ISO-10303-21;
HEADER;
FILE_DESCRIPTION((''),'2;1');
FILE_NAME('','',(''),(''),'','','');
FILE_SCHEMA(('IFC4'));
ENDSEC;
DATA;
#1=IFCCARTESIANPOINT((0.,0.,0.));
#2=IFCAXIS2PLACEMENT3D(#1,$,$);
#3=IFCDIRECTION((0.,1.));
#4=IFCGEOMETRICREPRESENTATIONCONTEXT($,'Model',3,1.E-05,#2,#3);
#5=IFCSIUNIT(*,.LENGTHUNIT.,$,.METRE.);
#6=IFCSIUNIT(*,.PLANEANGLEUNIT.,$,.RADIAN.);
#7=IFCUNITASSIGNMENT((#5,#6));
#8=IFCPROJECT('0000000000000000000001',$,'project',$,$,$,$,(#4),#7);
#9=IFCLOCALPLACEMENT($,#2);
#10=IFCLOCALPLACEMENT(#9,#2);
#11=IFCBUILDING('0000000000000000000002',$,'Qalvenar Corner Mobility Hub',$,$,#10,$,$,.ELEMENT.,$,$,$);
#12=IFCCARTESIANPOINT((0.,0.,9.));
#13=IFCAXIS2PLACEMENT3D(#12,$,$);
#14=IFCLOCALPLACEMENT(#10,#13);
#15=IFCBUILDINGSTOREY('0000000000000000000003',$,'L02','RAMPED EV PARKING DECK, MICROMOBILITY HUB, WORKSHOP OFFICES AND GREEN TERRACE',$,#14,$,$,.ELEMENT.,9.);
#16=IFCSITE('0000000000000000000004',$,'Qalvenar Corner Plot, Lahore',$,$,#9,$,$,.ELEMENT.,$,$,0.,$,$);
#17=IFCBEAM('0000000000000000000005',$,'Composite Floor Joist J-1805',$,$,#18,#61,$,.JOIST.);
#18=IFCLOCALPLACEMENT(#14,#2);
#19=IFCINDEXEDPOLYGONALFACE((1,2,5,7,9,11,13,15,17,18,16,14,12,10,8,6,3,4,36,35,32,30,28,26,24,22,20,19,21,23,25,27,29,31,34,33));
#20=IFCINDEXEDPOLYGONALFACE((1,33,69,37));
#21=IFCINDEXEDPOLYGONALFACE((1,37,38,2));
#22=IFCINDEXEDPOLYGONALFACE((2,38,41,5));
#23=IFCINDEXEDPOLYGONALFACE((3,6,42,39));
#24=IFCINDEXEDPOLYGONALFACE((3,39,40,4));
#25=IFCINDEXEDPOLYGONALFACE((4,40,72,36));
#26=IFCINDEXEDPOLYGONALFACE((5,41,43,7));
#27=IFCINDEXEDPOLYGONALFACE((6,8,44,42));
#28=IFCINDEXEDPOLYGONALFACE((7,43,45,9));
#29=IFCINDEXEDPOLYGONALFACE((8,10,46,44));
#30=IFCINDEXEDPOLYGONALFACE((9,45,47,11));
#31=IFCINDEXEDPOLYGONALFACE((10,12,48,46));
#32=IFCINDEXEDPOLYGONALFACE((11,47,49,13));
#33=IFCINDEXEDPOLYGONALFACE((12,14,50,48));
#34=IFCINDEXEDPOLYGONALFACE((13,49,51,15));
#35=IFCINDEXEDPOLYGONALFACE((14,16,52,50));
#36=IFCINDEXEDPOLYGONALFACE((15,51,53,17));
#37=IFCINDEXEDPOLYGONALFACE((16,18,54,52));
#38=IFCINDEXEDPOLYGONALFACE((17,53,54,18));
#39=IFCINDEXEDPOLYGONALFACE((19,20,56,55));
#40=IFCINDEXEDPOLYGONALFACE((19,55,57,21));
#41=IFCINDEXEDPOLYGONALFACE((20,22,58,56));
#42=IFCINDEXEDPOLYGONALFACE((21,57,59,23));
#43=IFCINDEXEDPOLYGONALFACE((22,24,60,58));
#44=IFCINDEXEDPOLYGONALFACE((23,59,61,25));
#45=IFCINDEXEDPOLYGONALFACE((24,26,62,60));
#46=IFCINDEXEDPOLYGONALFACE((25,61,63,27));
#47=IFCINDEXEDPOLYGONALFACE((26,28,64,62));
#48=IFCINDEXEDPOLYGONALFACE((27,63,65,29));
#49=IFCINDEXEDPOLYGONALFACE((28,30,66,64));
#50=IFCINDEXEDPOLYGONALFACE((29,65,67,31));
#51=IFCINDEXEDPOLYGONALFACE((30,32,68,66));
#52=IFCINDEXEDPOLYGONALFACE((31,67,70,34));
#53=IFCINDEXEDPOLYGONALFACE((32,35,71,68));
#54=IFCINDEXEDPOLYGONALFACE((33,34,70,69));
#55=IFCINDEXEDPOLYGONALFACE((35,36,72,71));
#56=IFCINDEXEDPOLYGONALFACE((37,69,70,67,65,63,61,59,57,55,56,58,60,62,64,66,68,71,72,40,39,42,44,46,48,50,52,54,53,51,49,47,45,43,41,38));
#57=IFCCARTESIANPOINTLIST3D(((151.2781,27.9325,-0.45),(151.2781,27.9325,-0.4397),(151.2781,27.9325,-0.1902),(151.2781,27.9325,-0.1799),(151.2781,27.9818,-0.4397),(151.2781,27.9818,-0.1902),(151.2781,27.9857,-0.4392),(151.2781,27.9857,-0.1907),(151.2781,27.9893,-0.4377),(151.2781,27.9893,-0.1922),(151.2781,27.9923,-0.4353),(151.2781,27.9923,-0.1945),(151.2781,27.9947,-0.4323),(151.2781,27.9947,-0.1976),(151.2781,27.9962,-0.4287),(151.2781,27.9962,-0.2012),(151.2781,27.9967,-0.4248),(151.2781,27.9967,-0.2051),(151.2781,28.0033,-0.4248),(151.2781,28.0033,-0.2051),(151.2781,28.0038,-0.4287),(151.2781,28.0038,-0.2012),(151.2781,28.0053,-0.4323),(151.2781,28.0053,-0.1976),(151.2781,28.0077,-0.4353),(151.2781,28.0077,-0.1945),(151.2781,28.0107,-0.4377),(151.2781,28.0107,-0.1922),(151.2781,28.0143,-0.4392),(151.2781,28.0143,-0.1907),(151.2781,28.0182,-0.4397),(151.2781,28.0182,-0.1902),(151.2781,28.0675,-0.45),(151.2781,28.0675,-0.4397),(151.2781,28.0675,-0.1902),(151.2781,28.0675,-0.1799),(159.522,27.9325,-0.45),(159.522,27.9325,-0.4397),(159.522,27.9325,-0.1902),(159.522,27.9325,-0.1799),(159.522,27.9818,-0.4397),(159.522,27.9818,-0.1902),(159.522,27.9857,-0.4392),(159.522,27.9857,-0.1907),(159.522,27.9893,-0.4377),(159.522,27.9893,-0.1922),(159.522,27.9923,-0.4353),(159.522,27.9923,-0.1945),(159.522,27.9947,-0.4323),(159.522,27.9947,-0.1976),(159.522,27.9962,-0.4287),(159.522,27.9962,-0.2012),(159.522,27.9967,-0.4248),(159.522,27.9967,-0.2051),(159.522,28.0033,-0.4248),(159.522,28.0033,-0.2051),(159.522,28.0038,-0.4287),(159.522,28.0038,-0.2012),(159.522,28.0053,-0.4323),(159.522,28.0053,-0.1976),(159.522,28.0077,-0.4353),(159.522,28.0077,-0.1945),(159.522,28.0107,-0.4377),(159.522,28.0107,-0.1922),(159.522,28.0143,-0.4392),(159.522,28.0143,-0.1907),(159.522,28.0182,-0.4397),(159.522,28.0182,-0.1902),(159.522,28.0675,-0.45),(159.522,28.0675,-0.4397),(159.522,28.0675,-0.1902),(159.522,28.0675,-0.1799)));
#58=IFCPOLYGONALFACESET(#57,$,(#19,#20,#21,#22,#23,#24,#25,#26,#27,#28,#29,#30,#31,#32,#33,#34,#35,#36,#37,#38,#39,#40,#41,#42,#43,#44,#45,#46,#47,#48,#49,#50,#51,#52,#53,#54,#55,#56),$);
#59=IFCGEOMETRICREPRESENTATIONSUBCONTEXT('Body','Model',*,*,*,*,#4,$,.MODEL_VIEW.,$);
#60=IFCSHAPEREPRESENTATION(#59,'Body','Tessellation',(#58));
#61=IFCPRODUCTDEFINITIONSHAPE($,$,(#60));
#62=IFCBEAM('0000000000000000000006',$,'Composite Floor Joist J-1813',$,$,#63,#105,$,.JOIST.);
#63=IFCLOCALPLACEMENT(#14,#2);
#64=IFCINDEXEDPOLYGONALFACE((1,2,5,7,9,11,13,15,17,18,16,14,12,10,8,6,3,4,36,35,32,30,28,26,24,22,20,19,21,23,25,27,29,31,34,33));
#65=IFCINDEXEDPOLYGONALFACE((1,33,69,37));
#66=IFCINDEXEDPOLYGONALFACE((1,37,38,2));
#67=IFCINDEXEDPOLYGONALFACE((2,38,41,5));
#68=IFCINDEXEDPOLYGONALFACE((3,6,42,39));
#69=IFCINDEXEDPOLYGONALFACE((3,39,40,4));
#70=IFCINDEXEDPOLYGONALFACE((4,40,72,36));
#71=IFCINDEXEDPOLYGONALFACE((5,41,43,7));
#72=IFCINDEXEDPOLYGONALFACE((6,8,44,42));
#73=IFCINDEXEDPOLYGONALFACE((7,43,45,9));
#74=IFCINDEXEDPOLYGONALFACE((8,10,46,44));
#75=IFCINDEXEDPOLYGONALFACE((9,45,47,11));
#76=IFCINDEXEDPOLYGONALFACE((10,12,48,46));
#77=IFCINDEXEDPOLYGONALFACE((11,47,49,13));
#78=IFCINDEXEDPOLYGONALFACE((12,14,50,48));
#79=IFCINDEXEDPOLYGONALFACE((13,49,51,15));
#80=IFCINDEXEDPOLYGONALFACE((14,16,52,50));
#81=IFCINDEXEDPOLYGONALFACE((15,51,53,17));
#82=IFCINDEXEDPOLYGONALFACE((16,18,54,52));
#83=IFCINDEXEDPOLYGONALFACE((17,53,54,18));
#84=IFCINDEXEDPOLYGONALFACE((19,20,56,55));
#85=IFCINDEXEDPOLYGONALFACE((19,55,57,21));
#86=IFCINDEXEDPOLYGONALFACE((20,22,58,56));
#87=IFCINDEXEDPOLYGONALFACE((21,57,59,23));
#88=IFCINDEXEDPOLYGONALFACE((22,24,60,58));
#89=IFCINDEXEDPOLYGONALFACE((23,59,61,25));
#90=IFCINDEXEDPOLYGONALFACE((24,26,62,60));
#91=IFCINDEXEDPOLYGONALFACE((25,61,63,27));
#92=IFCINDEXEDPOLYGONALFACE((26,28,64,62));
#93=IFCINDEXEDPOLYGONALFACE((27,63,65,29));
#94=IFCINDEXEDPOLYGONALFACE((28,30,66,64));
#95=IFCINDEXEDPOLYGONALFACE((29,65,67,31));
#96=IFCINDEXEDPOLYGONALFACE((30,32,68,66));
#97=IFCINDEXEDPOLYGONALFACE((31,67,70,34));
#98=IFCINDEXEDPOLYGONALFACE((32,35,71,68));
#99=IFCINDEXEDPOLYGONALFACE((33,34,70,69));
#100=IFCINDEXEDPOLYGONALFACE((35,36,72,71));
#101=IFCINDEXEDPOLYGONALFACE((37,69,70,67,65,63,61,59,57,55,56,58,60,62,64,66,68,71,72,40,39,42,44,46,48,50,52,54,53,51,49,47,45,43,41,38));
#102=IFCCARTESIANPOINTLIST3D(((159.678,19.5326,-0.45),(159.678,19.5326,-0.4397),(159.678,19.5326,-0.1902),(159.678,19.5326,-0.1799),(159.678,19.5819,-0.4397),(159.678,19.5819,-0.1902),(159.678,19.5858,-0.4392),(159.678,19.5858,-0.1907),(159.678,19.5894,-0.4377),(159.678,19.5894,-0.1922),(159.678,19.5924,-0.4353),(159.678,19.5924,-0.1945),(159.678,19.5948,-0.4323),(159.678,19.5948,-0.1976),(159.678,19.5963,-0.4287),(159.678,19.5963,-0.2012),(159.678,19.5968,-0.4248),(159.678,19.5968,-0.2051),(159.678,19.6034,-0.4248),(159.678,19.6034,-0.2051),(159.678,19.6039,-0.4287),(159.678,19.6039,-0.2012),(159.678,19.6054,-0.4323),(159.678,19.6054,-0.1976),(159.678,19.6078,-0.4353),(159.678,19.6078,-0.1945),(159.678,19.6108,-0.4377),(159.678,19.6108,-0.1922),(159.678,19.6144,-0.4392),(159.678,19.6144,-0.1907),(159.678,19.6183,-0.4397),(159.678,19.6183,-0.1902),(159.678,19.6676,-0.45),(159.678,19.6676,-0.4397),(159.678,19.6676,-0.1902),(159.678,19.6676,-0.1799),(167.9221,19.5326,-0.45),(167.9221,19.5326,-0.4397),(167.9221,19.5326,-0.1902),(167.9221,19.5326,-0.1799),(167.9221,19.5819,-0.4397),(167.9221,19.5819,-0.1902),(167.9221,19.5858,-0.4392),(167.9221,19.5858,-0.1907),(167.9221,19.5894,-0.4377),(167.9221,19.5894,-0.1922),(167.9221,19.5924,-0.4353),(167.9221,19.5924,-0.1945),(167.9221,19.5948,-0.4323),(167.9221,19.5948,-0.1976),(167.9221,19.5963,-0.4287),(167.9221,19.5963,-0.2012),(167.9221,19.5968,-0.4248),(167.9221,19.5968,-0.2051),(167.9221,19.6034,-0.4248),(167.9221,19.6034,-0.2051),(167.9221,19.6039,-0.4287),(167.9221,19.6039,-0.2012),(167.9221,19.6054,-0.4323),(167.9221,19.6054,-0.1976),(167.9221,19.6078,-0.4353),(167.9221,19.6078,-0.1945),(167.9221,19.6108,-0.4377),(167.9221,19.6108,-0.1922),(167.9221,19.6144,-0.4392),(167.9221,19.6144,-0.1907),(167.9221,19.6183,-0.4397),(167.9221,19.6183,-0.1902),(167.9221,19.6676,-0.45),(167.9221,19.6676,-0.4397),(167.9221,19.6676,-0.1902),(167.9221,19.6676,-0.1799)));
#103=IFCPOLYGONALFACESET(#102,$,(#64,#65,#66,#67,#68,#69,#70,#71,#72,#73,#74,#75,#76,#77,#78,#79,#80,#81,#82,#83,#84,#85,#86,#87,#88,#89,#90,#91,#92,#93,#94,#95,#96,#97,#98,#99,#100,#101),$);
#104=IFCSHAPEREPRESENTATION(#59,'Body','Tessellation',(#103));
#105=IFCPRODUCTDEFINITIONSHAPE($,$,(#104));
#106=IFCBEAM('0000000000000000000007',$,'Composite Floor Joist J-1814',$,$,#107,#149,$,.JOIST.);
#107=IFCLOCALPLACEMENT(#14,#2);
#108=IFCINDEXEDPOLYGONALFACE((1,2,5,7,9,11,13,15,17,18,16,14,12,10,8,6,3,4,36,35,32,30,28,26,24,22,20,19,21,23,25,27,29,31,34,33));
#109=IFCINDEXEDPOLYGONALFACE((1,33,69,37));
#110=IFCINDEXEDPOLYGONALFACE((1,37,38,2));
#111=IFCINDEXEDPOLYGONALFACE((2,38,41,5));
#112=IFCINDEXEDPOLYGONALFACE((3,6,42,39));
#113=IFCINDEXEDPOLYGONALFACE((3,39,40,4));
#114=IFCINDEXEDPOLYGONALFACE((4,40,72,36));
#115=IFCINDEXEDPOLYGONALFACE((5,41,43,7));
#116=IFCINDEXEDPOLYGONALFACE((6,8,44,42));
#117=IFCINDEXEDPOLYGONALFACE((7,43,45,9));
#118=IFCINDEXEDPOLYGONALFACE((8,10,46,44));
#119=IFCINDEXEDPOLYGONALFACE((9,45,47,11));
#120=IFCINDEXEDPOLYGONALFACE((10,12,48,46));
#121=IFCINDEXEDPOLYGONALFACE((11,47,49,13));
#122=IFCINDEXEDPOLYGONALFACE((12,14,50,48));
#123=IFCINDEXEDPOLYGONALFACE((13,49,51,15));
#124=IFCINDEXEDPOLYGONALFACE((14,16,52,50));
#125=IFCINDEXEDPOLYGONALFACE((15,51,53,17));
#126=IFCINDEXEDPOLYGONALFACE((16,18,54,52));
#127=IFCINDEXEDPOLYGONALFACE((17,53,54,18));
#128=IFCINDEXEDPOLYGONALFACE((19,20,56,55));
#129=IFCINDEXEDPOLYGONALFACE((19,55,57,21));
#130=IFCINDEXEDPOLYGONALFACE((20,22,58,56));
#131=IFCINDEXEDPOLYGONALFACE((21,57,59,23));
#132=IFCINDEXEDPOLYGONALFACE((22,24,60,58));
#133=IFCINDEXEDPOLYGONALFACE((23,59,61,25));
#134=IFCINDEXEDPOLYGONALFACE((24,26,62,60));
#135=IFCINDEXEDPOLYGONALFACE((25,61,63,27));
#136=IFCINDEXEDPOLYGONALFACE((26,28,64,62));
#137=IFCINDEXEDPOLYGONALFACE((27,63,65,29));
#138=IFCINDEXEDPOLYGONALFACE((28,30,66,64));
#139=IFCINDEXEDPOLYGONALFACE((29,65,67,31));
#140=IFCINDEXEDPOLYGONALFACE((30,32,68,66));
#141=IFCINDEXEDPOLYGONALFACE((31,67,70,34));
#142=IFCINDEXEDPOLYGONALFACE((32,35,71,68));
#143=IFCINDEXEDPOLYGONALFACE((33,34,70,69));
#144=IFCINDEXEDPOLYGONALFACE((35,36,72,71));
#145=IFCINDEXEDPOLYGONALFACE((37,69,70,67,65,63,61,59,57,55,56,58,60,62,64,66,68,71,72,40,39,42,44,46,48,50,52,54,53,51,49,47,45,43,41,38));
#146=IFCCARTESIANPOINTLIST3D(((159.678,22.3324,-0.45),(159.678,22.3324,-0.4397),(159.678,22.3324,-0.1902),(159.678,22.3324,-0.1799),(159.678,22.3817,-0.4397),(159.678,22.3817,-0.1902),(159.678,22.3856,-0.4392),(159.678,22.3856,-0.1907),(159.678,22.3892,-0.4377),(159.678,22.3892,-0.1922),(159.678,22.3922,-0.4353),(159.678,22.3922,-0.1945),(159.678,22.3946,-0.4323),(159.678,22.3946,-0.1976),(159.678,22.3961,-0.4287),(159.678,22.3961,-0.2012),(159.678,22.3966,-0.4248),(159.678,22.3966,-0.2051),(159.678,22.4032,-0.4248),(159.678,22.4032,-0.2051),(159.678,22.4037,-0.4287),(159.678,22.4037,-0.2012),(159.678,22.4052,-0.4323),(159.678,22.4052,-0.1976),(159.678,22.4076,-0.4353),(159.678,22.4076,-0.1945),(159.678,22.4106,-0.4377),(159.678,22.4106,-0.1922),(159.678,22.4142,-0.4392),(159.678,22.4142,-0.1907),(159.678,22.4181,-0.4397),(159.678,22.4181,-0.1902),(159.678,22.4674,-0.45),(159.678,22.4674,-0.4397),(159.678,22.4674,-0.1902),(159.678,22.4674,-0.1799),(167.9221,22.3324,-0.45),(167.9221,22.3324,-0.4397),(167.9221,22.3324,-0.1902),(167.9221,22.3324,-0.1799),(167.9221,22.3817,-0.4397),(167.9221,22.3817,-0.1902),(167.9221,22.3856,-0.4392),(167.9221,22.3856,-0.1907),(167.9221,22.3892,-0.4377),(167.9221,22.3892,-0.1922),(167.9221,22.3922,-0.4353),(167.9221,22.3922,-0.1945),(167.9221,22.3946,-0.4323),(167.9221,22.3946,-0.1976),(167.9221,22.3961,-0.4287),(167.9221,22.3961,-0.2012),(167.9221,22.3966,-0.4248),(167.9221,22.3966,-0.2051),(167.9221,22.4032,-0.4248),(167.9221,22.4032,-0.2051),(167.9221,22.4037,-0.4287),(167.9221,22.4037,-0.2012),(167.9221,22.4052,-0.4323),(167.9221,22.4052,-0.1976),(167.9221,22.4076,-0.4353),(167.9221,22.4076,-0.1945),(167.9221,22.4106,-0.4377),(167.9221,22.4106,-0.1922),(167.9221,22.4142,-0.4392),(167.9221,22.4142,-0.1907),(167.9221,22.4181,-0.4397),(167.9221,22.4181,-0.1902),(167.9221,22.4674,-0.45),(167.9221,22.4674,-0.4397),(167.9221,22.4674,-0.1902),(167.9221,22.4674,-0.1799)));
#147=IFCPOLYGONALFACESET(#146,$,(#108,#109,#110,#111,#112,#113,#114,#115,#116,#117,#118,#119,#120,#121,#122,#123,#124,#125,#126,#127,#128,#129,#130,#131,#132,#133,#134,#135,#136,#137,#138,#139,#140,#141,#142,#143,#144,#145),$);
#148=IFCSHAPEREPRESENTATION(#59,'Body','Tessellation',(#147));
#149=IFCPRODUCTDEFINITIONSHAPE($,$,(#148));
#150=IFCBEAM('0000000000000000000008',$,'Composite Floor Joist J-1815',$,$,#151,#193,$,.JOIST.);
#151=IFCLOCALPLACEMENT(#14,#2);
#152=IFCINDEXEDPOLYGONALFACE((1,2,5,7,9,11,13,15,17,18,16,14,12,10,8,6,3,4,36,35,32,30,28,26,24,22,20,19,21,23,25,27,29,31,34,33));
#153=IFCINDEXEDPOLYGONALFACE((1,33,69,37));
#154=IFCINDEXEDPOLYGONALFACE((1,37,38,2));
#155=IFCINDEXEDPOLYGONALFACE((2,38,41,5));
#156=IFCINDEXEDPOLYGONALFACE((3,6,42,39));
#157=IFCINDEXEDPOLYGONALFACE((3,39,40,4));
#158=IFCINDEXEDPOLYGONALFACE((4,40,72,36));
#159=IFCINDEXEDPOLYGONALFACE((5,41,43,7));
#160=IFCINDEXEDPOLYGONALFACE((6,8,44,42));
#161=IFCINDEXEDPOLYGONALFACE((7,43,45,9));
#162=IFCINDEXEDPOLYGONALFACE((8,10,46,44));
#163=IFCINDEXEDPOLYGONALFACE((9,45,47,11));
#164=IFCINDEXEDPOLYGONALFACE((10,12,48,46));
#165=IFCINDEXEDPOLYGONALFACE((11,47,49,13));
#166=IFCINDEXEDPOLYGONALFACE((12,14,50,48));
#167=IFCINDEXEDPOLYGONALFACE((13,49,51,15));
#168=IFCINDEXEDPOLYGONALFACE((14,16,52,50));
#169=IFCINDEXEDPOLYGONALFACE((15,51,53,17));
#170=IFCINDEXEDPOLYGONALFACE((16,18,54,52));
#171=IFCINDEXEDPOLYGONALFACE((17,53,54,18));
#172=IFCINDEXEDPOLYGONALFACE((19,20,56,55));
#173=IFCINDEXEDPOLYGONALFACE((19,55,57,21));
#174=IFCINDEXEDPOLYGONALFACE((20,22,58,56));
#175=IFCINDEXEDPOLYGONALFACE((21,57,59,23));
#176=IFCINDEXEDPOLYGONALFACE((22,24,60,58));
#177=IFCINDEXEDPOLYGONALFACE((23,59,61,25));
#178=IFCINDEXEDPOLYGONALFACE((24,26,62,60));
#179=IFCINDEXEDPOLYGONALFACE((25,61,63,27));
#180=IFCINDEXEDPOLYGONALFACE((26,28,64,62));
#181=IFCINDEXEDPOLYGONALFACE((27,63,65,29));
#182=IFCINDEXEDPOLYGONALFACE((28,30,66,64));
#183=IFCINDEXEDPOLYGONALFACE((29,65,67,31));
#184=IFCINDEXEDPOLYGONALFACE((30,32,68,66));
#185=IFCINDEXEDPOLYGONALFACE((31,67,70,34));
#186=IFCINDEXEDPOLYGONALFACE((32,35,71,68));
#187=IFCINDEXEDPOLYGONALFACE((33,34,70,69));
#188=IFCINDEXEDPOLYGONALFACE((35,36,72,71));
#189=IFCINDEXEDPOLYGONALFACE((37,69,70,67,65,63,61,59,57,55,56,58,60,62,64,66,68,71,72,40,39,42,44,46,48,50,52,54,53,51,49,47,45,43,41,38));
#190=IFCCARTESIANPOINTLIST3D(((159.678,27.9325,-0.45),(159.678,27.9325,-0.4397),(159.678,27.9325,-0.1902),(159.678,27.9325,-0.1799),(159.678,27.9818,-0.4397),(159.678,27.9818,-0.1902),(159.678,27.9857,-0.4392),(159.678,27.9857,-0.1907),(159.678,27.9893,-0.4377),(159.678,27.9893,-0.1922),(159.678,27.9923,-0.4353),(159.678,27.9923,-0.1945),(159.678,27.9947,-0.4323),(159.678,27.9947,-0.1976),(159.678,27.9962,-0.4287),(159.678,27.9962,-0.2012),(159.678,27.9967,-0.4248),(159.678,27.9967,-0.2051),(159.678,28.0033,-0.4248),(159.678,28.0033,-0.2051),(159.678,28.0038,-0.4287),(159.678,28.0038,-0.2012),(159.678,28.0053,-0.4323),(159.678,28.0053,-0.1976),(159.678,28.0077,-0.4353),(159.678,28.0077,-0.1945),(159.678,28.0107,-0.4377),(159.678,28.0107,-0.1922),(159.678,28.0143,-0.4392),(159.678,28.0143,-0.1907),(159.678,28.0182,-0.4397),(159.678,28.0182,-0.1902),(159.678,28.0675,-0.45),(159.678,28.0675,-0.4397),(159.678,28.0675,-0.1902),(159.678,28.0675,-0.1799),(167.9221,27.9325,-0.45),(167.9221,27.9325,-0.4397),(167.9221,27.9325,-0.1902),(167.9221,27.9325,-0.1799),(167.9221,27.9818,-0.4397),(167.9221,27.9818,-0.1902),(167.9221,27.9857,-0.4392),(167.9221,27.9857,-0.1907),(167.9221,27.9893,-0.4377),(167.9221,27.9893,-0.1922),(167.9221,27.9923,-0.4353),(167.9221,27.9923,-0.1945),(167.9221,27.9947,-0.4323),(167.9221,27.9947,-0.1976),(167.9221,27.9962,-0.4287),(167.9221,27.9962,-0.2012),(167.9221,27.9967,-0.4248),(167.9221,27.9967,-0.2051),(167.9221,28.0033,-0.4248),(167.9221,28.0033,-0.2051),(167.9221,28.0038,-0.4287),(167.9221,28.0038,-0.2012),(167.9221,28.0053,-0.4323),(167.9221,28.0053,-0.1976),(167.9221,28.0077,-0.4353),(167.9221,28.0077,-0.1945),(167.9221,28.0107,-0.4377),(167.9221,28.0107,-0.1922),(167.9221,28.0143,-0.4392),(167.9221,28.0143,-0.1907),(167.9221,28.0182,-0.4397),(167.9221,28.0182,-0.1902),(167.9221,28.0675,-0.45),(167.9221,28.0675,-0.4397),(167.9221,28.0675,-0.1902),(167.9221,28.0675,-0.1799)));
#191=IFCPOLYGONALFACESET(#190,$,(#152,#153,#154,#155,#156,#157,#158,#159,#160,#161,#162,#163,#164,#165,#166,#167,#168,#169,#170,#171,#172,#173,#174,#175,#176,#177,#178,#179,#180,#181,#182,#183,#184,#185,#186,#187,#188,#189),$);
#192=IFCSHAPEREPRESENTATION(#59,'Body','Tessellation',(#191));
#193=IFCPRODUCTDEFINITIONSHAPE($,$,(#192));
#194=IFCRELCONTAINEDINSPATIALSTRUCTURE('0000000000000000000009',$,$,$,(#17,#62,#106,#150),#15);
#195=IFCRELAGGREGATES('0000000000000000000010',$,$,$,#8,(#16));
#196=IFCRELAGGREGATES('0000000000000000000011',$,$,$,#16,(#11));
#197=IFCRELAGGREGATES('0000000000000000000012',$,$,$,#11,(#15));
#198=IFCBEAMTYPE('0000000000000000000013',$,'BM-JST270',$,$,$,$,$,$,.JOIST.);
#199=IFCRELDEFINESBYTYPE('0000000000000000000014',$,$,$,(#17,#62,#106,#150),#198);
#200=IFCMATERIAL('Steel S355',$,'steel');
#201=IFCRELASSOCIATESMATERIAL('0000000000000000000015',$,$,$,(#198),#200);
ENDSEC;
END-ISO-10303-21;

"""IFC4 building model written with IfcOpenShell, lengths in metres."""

from ifc_helpers import new_model, si_unit, direction, frame, origin, origin_2d, place, context, subcontext, project, spatial, i_section, extrude, material, material_profile, profile_set, type_object, element, save


model = new_model("IFC4")

# Units and contexts
model_context = context("Model", 3, precision=1e-05, world=origin(), true_north=direction((0.0, 1.0)))
body_context = subcontext(model_context, "Body", "Model", "MODEL_VIEW")
ifc_project = project(units=[si_unit("LENGTHUNIT", "METRE"), si_unit("PLANEANGLEUNIT", "RADIAN")], contexts=[model_context])

# Site, building, storey
site_placement = place(None, origin())
site = spatial("IfcSite", under=ifc_project, at=site_placement, Name="Qalvenar Corner Plot, Lahore", CompositionType="ELEMENT", RefElevation=0.0)
building_placement = place(site_placement, origin())
building = spatial("IfcBuilding", under=site, at=building_placement, Name="Qalvenar Corner Mobility Hub", CompositionType="ELEMENT")
storey_placement = place(building_placement, frame((0.0, 0.0, 9.0)))
storey = spatial("IfcBuildingStorey", under=building, at=storey_placement, Name="L02", Description="RAMPED EV PARKING DECK, MICROMOBILITY HUB, WORKSHOP OFFICES AND GREEN TERRACE", CompositionType="ELEMENT", Elevation=9.0)

# Shared definitions
ifc_material_1 = material(Name="Steel S355", Category="steel")

# Beams
ifc_material_profile_1 = material_profile(ifc_material_1, i_section(OverallWidth=0.135, OverallDepth=0.27, WebThickness=0.0066, FlangeThickness=0.0103, FilletRadius=0.0149, at=origin_2d()), Name="IPE270")
ifc_profile_set_1 = profile_set([ifc_material_profile_1], Name="Steel S355")
beam_type_1 = type_object("IfcBeamType", Name="BM-JST270", PredefinedType="JOIST", material=ifc_profile_set_1)
beam_1_placement = place(storey_placement, frame((151.2781, 28.0, -0.3149), z_axis=(1.0, 0.0, 0.0), x_axis=(0.0, 1.0, 0.0)))
element("IfcBeam", 1, at=beam_1_placement, inside=storey, type_object=beam_type_1, Name="Composite Floor Joist J-1805", PredefinedType="JOIST", context=body_context, shape_type="SweptSolid", body=[
    extrude(i_section(OverallWidth=0.135, OverallDepth=0.27, WebThickness=0.0066, FlangeThickness=0.0103, FilletRadius=0.0149, at=origin_2d()), origin(), (0.0, 0.0, 1.0), 8.2439),
])
for number, where, z_axis, x_axis, name in (
    (2, (159.678, 19.6001, -0.3149), (1.0, 0.0, 0.0), (0.0, 1.0, 0.0), "Composite Floor Joist J-1813"),
    (3, (159.678, 22.3999, -0.3149), (1.0, 0.0, 0.0), (0.0, 1.0, 0.0), "Composite Floor Joist J-1814"),
    (4, (159.678, 28.0, -0.3149), (1.0, 0.0, 0.0), (0.0, 1.0, 0.0), "Composite Floor Joist J-1815"),
):
    element("IfcBeam", number, at=place(storey_placement, frame(where, z_axis=z_axis, x_axis=x_axis)), inside=storey, type_object=beam_type_1, Name=name, PredefinedType="JOIST", context=body_context, shape_type="SweptSolid", body=[
        extrude(i_section(OverallWidth=0.135, OverallDepth=0.27, WebThickness=0.0066, FlangeThickness=0.0103, FilletRadius=0.0149, at=origin_2d()), origin(), (0.0, 0.0, 1.0), 8.2441),
    ])

save(model, "model.ifc")
